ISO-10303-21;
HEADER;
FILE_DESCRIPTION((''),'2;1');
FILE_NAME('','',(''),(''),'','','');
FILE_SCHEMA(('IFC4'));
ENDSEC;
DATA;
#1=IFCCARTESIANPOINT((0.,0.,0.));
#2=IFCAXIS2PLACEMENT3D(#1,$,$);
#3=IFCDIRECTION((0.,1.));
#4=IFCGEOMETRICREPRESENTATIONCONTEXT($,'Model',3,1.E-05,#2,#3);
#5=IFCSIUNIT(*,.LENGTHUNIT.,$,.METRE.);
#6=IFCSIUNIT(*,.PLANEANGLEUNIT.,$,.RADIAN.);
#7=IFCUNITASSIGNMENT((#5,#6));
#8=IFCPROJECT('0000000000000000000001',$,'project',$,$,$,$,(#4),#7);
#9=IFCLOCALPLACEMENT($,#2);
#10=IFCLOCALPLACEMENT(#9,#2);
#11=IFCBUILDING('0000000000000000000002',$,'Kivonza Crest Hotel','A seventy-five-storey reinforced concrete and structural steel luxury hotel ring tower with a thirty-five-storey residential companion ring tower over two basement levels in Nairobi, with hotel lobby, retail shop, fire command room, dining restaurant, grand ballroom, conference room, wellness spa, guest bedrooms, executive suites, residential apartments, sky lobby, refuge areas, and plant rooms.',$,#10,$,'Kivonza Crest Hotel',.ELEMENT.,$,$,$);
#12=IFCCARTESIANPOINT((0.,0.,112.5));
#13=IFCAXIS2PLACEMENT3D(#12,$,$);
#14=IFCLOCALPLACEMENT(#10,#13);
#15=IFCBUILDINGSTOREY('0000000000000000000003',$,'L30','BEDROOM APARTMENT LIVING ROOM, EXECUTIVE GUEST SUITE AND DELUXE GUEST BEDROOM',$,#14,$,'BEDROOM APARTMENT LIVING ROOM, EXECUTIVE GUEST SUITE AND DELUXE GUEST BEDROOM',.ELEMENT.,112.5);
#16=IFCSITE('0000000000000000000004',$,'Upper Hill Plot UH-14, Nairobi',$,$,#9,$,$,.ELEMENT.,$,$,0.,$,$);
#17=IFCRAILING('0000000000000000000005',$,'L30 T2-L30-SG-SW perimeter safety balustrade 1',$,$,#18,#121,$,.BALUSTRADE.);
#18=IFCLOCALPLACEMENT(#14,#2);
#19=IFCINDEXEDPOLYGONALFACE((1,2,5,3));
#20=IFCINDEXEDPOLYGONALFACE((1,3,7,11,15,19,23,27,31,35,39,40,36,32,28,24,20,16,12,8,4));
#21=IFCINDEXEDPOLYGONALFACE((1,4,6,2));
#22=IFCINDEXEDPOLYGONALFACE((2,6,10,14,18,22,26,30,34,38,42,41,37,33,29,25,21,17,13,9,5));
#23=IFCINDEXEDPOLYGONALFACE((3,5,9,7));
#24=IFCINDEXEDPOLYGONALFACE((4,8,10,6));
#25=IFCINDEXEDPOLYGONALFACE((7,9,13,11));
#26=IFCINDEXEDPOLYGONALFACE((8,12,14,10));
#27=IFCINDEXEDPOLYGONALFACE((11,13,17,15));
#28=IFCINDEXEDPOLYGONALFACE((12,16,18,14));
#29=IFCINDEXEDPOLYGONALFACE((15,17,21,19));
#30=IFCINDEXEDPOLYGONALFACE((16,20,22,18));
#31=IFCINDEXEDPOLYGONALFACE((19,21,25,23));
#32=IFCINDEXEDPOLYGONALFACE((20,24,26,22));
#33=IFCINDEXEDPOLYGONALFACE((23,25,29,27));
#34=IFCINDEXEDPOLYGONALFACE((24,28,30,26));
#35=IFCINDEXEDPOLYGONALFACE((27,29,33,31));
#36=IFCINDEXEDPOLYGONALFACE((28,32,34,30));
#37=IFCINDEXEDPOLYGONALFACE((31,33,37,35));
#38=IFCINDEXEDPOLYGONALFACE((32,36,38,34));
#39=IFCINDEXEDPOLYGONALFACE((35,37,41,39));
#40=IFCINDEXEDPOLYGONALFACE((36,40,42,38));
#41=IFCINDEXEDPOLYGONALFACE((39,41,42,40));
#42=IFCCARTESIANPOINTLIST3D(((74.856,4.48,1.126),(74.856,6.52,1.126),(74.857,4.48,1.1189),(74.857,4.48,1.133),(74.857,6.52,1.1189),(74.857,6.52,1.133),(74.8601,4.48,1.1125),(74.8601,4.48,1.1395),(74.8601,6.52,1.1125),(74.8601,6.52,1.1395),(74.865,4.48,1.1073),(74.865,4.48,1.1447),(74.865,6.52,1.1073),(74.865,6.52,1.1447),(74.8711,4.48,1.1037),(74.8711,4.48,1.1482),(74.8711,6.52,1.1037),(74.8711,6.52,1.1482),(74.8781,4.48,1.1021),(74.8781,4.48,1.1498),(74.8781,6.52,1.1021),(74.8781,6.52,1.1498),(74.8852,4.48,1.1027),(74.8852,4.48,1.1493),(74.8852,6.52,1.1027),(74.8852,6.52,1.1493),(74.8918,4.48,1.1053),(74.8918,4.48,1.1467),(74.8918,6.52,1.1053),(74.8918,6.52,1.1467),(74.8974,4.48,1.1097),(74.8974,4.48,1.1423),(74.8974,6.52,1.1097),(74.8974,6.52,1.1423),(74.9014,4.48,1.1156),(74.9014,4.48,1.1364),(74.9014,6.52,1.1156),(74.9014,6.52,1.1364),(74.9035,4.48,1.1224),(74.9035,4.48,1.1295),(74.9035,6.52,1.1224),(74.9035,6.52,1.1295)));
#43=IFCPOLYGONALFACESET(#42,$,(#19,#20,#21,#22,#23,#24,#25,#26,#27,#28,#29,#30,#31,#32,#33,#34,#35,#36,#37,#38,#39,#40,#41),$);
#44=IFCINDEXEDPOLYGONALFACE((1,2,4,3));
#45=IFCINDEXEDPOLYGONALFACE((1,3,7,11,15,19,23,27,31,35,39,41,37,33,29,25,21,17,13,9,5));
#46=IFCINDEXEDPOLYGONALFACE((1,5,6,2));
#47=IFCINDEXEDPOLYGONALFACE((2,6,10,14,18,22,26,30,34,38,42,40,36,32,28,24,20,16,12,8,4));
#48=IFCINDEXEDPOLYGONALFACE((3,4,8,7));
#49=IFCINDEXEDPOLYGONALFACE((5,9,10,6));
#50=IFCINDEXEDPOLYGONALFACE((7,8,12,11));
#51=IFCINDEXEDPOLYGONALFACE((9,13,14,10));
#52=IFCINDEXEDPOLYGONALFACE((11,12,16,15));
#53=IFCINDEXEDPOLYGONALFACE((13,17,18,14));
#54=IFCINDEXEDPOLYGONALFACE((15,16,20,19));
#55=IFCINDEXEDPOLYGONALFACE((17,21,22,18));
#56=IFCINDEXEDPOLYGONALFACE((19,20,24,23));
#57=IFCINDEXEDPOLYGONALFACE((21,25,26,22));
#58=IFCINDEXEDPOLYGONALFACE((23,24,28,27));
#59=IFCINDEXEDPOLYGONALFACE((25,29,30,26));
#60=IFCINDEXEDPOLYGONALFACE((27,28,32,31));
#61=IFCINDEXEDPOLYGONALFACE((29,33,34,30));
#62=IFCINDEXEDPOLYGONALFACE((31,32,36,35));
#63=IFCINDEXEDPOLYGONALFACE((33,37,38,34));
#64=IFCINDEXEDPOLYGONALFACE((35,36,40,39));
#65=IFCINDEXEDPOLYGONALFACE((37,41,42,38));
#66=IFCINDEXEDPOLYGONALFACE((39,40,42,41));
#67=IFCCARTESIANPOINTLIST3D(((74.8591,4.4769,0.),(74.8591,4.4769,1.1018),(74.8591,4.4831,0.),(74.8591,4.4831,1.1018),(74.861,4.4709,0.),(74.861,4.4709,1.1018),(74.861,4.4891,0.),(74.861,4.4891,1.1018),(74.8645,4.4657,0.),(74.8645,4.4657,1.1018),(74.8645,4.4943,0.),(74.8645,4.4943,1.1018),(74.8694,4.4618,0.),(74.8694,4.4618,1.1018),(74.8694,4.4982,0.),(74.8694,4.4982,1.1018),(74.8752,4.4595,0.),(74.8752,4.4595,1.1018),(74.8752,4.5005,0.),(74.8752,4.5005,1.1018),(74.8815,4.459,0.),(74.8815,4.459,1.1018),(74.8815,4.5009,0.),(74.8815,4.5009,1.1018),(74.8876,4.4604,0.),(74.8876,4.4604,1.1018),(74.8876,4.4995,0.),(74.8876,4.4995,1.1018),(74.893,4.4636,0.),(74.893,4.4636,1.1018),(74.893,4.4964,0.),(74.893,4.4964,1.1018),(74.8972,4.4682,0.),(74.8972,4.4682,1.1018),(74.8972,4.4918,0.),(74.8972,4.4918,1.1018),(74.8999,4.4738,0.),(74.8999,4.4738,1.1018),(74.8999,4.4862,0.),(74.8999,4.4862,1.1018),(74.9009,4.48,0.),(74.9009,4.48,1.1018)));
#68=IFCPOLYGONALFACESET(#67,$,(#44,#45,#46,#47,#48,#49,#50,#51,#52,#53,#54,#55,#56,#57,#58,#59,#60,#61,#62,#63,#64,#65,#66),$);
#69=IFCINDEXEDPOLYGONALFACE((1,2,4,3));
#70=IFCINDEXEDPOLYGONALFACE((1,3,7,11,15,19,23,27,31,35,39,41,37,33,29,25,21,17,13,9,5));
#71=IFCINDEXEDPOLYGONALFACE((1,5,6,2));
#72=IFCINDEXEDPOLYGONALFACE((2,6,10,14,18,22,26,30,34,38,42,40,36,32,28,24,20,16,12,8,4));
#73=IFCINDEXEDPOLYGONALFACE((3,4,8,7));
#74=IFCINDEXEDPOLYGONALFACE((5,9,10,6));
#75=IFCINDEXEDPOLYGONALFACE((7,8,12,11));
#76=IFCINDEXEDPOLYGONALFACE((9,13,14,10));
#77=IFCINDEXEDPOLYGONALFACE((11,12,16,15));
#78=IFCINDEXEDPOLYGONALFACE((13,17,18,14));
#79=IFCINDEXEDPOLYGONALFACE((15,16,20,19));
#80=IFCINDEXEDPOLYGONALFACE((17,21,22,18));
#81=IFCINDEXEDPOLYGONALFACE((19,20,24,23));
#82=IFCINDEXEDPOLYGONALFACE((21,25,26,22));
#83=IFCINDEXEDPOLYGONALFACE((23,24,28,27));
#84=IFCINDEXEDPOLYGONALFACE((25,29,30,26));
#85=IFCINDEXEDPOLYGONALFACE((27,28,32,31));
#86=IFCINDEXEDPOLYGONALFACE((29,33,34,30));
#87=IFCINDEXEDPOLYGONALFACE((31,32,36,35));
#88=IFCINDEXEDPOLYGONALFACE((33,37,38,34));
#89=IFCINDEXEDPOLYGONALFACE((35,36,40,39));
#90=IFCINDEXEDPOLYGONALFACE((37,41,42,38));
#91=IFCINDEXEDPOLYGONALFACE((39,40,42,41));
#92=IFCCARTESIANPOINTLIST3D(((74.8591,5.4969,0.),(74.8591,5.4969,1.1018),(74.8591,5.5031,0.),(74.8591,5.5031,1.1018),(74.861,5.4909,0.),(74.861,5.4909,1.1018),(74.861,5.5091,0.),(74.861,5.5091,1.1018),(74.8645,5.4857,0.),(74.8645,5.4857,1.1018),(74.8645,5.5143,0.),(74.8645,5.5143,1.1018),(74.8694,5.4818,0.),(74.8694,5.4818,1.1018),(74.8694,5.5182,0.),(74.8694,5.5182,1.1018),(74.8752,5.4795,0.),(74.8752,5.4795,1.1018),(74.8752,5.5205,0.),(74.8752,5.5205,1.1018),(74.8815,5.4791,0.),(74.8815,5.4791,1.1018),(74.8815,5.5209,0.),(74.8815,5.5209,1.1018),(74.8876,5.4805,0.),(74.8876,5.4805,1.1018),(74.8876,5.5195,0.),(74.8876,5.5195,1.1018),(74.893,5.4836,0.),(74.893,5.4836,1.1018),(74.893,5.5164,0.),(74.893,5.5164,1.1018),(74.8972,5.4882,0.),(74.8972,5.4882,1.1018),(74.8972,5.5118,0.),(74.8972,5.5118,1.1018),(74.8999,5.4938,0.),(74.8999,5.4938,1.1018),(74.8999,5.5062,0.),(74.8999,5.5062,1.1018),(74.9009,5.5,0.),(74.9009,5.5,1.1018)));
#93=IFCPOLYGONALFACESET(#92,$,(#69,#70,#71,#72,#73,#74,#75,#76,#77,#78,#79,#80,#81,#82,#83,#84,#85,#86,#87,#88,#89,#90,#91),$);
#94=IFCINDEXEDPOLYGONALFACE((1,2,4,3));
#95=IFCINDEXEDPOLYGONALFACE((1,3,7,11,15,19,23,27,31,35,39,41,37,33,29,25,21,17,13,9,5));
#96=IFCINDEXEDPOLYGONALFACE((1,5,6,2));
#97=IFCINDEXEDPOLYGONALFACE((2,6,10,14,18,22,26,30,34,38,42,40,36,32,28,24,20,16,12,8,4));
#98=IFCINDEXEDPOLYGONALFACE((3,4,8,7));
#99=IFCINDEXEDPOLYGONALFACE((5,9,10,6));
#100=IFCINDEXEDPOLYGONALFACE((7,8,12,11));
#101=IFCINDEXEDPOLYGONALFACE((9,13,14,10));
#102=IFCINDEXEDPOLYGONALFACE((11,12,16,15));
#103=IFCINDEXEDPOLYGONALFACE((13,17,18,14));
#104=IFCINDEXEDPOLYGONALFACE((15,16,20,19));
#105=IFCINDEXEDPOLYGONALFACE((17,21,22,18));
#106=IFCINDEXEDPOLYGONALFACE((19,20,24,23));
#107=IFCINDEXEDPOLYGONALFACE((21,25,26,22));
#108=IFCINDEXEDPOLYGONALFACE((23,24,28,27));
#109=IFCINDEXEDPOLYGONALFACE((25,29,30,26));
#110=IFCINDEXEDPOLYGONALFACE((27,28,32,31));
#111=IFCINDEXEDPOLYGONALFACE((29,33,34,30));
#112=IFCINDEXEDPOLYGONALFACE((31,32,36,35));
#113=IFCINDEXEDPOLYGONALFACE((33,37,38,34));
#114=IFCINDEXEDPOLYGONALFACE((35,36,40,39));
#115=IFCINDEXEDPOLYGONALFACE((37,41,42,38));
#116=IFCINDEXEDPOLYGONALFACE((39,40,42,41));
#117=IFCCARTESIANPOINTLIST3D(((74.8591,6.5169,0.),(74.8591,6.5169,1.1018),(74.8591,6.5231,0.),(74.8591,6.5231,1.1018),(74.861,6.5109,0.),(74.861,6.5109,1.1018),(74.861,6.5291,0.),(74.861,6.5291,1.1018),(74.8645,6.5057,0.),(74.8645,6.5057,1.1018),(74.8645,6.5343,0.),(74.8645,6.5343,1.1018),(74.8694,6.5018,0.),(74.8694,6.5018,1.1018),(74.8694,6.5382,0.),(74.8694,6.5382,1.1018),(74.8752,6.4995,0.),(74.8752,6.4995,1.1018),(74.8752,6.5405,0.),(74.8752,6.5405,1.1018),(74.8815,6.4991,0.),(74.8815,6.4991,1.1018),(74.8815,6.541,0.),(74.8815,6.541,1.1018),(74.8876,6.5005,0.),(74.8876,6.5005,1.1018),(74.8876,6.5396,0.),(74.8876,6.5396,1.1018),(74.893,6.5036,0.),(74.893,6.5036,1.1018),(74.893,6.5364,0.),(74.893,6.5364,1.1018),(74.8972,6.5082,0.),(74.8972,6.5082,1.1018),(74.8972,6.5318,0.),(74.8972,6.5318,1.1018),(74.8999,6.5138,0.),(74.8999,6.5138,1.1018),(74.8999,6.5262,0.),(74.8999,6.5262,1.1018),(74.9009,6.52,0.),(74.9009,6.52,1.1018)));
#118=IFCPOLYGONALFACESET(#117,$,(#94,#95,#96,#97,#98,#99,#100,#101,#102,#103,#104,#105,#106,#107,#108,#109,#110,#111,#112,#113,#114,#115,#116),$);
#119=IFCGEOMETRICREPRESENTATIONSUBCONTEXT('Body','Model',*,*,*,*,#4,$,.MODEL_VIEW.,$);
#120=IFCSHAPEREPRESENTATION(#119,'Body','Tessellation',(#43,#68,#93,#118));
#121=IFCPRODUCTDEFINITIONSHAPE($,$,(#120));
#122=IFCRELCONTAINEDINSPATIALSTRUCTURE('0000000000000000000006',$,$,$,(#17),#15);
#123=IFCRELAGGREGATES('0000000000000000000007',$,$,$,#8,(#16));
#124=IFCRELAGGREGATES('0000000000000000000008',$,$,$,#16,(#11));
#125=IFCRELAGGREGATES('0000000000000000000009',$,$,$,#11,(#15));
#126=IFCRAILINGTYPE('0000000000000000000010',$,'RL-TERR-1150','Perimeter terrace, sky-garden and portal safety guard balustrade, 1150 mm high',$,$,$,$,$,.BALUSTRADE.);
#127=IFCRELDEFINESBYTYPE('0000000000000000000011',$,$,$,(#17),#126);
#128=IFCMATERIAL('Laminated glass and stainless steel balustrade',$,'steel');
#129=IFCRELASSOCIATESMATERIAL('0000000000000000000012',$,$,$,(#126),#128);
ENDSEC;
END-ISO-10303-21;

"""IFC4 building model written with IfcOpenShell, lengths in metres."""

from ifc_helpers import new_model, si_unit, direction, frame, origin, origin_2d, place, context, subcontext, project, spatial, circle, extrude, material, type_object, element, save


model = new_model("IFC4")

# Units and contexts
model_context = context("Model", 3, precision=1e-05, world=origin(), true_north=direction((0.0, 1.0)))
body_context = subcontext(model_context, "Body", "Model", "MODEL_VIEW")
ifc_project = project(units=[si_unit("LENGTHUNIT", "METRE"), si_unit("PLANEANGLEUNIT", "RADIAN")], contexts=[model_context])

# Site, building, storey
site_placement = place(None, origin())
site = spatial("IfcSite", under=ifc_project, at=site_placement, Name="Upper Hill Plot UH-14, Nairobi", CompositionType="ELEMENT", RefElevation=0.0)
building_placement = place(site_placement, origin())
building = spatial("IfcBuilding", under=site, at=building_placement, Name="Kivonza Crest Hotel", Description="A seventy-five-storey reinforced concrete and structural steel luxury hotel ring tower with a thirty-five-storey residential companion ring tower over two basement levels in Nairobi, with hotel lobby, retail shop, fire command room, dining restaurant, grand ballroom, conference room, wellness spa, guest bedrooms, executive suites, residential apartments, sky lobby, refuge areas, and plant rooms.", LongName="Kivonza Crest Hotel", CompositionType="ELEMENT")
storey_placement = place(building_placement, frame((0.0, 0.0, 112.5)))
storey = spatial("IfcBuildingStorey", under=building, at=storey_placement, Name="L30", Description="BEDROOM APARTMENT LIVING ROOM, EXECUTIVE GUEST SUITE AND DELUXE GUEST BEDROOM", LongName="BEDROOM APARTMENT LIVING ROOM, EXECUTIVE GUEST SUITE AND DELUXE GUEST BEDROOM", CompositionType="ELEMENT", Elevation=112.5)

# Railing
ifc_material_1 = material(Name="Laminated glass and stainless steel balustrade", Category="steel")
railing_type = type_object("IfcRailingType", Name="RL-TERR-1150", Description="Perimeter terrace, sky-garden and portal safety guard balustrade, 1150 mm high", PredefinedType="BALUSTRADE", material=ifc_material_1)
railing_1_placement = place(storey_placement, frame((74.8799, 4.48, 0.0)))
element("IfcRailing", 1, at=railing_1_placement, inside=storey, type_object=railing_type, Name="L30 T2-L30-SG-SW perimeter safety balustrade 1", PredefinedType="BALUSTRADE", context=body_context, shape_type="SweptSolid", body=[
    extrude(circle(Radius=0.0239, at=origin_2d()), frame((0.0, 0.0, 1.126), z_axis=(0.0, 1.0, 0.0), x_axis=(-1.0, 0.0, 0.0)), (0.0, 0.0, 1.0), 2.04),
    extrude(circle(Radius=0.021, at=origin_2d()), origin(), (0.0, 0.0, 1.0), 1.1018),
    extrude(circle(Radius=0.021, at=origin_2d()), frame((0.0, 1.02, 0.0)), (0.0, 0.0, 1.0), 1.1018),
    extrude(circle(Radius=0.021, at=origin_2d()), frame((0.0, 2.04, 0.0)), (0.0, 0.0, 1.0), 1.1018),
])

save(model, "model.ifc")
